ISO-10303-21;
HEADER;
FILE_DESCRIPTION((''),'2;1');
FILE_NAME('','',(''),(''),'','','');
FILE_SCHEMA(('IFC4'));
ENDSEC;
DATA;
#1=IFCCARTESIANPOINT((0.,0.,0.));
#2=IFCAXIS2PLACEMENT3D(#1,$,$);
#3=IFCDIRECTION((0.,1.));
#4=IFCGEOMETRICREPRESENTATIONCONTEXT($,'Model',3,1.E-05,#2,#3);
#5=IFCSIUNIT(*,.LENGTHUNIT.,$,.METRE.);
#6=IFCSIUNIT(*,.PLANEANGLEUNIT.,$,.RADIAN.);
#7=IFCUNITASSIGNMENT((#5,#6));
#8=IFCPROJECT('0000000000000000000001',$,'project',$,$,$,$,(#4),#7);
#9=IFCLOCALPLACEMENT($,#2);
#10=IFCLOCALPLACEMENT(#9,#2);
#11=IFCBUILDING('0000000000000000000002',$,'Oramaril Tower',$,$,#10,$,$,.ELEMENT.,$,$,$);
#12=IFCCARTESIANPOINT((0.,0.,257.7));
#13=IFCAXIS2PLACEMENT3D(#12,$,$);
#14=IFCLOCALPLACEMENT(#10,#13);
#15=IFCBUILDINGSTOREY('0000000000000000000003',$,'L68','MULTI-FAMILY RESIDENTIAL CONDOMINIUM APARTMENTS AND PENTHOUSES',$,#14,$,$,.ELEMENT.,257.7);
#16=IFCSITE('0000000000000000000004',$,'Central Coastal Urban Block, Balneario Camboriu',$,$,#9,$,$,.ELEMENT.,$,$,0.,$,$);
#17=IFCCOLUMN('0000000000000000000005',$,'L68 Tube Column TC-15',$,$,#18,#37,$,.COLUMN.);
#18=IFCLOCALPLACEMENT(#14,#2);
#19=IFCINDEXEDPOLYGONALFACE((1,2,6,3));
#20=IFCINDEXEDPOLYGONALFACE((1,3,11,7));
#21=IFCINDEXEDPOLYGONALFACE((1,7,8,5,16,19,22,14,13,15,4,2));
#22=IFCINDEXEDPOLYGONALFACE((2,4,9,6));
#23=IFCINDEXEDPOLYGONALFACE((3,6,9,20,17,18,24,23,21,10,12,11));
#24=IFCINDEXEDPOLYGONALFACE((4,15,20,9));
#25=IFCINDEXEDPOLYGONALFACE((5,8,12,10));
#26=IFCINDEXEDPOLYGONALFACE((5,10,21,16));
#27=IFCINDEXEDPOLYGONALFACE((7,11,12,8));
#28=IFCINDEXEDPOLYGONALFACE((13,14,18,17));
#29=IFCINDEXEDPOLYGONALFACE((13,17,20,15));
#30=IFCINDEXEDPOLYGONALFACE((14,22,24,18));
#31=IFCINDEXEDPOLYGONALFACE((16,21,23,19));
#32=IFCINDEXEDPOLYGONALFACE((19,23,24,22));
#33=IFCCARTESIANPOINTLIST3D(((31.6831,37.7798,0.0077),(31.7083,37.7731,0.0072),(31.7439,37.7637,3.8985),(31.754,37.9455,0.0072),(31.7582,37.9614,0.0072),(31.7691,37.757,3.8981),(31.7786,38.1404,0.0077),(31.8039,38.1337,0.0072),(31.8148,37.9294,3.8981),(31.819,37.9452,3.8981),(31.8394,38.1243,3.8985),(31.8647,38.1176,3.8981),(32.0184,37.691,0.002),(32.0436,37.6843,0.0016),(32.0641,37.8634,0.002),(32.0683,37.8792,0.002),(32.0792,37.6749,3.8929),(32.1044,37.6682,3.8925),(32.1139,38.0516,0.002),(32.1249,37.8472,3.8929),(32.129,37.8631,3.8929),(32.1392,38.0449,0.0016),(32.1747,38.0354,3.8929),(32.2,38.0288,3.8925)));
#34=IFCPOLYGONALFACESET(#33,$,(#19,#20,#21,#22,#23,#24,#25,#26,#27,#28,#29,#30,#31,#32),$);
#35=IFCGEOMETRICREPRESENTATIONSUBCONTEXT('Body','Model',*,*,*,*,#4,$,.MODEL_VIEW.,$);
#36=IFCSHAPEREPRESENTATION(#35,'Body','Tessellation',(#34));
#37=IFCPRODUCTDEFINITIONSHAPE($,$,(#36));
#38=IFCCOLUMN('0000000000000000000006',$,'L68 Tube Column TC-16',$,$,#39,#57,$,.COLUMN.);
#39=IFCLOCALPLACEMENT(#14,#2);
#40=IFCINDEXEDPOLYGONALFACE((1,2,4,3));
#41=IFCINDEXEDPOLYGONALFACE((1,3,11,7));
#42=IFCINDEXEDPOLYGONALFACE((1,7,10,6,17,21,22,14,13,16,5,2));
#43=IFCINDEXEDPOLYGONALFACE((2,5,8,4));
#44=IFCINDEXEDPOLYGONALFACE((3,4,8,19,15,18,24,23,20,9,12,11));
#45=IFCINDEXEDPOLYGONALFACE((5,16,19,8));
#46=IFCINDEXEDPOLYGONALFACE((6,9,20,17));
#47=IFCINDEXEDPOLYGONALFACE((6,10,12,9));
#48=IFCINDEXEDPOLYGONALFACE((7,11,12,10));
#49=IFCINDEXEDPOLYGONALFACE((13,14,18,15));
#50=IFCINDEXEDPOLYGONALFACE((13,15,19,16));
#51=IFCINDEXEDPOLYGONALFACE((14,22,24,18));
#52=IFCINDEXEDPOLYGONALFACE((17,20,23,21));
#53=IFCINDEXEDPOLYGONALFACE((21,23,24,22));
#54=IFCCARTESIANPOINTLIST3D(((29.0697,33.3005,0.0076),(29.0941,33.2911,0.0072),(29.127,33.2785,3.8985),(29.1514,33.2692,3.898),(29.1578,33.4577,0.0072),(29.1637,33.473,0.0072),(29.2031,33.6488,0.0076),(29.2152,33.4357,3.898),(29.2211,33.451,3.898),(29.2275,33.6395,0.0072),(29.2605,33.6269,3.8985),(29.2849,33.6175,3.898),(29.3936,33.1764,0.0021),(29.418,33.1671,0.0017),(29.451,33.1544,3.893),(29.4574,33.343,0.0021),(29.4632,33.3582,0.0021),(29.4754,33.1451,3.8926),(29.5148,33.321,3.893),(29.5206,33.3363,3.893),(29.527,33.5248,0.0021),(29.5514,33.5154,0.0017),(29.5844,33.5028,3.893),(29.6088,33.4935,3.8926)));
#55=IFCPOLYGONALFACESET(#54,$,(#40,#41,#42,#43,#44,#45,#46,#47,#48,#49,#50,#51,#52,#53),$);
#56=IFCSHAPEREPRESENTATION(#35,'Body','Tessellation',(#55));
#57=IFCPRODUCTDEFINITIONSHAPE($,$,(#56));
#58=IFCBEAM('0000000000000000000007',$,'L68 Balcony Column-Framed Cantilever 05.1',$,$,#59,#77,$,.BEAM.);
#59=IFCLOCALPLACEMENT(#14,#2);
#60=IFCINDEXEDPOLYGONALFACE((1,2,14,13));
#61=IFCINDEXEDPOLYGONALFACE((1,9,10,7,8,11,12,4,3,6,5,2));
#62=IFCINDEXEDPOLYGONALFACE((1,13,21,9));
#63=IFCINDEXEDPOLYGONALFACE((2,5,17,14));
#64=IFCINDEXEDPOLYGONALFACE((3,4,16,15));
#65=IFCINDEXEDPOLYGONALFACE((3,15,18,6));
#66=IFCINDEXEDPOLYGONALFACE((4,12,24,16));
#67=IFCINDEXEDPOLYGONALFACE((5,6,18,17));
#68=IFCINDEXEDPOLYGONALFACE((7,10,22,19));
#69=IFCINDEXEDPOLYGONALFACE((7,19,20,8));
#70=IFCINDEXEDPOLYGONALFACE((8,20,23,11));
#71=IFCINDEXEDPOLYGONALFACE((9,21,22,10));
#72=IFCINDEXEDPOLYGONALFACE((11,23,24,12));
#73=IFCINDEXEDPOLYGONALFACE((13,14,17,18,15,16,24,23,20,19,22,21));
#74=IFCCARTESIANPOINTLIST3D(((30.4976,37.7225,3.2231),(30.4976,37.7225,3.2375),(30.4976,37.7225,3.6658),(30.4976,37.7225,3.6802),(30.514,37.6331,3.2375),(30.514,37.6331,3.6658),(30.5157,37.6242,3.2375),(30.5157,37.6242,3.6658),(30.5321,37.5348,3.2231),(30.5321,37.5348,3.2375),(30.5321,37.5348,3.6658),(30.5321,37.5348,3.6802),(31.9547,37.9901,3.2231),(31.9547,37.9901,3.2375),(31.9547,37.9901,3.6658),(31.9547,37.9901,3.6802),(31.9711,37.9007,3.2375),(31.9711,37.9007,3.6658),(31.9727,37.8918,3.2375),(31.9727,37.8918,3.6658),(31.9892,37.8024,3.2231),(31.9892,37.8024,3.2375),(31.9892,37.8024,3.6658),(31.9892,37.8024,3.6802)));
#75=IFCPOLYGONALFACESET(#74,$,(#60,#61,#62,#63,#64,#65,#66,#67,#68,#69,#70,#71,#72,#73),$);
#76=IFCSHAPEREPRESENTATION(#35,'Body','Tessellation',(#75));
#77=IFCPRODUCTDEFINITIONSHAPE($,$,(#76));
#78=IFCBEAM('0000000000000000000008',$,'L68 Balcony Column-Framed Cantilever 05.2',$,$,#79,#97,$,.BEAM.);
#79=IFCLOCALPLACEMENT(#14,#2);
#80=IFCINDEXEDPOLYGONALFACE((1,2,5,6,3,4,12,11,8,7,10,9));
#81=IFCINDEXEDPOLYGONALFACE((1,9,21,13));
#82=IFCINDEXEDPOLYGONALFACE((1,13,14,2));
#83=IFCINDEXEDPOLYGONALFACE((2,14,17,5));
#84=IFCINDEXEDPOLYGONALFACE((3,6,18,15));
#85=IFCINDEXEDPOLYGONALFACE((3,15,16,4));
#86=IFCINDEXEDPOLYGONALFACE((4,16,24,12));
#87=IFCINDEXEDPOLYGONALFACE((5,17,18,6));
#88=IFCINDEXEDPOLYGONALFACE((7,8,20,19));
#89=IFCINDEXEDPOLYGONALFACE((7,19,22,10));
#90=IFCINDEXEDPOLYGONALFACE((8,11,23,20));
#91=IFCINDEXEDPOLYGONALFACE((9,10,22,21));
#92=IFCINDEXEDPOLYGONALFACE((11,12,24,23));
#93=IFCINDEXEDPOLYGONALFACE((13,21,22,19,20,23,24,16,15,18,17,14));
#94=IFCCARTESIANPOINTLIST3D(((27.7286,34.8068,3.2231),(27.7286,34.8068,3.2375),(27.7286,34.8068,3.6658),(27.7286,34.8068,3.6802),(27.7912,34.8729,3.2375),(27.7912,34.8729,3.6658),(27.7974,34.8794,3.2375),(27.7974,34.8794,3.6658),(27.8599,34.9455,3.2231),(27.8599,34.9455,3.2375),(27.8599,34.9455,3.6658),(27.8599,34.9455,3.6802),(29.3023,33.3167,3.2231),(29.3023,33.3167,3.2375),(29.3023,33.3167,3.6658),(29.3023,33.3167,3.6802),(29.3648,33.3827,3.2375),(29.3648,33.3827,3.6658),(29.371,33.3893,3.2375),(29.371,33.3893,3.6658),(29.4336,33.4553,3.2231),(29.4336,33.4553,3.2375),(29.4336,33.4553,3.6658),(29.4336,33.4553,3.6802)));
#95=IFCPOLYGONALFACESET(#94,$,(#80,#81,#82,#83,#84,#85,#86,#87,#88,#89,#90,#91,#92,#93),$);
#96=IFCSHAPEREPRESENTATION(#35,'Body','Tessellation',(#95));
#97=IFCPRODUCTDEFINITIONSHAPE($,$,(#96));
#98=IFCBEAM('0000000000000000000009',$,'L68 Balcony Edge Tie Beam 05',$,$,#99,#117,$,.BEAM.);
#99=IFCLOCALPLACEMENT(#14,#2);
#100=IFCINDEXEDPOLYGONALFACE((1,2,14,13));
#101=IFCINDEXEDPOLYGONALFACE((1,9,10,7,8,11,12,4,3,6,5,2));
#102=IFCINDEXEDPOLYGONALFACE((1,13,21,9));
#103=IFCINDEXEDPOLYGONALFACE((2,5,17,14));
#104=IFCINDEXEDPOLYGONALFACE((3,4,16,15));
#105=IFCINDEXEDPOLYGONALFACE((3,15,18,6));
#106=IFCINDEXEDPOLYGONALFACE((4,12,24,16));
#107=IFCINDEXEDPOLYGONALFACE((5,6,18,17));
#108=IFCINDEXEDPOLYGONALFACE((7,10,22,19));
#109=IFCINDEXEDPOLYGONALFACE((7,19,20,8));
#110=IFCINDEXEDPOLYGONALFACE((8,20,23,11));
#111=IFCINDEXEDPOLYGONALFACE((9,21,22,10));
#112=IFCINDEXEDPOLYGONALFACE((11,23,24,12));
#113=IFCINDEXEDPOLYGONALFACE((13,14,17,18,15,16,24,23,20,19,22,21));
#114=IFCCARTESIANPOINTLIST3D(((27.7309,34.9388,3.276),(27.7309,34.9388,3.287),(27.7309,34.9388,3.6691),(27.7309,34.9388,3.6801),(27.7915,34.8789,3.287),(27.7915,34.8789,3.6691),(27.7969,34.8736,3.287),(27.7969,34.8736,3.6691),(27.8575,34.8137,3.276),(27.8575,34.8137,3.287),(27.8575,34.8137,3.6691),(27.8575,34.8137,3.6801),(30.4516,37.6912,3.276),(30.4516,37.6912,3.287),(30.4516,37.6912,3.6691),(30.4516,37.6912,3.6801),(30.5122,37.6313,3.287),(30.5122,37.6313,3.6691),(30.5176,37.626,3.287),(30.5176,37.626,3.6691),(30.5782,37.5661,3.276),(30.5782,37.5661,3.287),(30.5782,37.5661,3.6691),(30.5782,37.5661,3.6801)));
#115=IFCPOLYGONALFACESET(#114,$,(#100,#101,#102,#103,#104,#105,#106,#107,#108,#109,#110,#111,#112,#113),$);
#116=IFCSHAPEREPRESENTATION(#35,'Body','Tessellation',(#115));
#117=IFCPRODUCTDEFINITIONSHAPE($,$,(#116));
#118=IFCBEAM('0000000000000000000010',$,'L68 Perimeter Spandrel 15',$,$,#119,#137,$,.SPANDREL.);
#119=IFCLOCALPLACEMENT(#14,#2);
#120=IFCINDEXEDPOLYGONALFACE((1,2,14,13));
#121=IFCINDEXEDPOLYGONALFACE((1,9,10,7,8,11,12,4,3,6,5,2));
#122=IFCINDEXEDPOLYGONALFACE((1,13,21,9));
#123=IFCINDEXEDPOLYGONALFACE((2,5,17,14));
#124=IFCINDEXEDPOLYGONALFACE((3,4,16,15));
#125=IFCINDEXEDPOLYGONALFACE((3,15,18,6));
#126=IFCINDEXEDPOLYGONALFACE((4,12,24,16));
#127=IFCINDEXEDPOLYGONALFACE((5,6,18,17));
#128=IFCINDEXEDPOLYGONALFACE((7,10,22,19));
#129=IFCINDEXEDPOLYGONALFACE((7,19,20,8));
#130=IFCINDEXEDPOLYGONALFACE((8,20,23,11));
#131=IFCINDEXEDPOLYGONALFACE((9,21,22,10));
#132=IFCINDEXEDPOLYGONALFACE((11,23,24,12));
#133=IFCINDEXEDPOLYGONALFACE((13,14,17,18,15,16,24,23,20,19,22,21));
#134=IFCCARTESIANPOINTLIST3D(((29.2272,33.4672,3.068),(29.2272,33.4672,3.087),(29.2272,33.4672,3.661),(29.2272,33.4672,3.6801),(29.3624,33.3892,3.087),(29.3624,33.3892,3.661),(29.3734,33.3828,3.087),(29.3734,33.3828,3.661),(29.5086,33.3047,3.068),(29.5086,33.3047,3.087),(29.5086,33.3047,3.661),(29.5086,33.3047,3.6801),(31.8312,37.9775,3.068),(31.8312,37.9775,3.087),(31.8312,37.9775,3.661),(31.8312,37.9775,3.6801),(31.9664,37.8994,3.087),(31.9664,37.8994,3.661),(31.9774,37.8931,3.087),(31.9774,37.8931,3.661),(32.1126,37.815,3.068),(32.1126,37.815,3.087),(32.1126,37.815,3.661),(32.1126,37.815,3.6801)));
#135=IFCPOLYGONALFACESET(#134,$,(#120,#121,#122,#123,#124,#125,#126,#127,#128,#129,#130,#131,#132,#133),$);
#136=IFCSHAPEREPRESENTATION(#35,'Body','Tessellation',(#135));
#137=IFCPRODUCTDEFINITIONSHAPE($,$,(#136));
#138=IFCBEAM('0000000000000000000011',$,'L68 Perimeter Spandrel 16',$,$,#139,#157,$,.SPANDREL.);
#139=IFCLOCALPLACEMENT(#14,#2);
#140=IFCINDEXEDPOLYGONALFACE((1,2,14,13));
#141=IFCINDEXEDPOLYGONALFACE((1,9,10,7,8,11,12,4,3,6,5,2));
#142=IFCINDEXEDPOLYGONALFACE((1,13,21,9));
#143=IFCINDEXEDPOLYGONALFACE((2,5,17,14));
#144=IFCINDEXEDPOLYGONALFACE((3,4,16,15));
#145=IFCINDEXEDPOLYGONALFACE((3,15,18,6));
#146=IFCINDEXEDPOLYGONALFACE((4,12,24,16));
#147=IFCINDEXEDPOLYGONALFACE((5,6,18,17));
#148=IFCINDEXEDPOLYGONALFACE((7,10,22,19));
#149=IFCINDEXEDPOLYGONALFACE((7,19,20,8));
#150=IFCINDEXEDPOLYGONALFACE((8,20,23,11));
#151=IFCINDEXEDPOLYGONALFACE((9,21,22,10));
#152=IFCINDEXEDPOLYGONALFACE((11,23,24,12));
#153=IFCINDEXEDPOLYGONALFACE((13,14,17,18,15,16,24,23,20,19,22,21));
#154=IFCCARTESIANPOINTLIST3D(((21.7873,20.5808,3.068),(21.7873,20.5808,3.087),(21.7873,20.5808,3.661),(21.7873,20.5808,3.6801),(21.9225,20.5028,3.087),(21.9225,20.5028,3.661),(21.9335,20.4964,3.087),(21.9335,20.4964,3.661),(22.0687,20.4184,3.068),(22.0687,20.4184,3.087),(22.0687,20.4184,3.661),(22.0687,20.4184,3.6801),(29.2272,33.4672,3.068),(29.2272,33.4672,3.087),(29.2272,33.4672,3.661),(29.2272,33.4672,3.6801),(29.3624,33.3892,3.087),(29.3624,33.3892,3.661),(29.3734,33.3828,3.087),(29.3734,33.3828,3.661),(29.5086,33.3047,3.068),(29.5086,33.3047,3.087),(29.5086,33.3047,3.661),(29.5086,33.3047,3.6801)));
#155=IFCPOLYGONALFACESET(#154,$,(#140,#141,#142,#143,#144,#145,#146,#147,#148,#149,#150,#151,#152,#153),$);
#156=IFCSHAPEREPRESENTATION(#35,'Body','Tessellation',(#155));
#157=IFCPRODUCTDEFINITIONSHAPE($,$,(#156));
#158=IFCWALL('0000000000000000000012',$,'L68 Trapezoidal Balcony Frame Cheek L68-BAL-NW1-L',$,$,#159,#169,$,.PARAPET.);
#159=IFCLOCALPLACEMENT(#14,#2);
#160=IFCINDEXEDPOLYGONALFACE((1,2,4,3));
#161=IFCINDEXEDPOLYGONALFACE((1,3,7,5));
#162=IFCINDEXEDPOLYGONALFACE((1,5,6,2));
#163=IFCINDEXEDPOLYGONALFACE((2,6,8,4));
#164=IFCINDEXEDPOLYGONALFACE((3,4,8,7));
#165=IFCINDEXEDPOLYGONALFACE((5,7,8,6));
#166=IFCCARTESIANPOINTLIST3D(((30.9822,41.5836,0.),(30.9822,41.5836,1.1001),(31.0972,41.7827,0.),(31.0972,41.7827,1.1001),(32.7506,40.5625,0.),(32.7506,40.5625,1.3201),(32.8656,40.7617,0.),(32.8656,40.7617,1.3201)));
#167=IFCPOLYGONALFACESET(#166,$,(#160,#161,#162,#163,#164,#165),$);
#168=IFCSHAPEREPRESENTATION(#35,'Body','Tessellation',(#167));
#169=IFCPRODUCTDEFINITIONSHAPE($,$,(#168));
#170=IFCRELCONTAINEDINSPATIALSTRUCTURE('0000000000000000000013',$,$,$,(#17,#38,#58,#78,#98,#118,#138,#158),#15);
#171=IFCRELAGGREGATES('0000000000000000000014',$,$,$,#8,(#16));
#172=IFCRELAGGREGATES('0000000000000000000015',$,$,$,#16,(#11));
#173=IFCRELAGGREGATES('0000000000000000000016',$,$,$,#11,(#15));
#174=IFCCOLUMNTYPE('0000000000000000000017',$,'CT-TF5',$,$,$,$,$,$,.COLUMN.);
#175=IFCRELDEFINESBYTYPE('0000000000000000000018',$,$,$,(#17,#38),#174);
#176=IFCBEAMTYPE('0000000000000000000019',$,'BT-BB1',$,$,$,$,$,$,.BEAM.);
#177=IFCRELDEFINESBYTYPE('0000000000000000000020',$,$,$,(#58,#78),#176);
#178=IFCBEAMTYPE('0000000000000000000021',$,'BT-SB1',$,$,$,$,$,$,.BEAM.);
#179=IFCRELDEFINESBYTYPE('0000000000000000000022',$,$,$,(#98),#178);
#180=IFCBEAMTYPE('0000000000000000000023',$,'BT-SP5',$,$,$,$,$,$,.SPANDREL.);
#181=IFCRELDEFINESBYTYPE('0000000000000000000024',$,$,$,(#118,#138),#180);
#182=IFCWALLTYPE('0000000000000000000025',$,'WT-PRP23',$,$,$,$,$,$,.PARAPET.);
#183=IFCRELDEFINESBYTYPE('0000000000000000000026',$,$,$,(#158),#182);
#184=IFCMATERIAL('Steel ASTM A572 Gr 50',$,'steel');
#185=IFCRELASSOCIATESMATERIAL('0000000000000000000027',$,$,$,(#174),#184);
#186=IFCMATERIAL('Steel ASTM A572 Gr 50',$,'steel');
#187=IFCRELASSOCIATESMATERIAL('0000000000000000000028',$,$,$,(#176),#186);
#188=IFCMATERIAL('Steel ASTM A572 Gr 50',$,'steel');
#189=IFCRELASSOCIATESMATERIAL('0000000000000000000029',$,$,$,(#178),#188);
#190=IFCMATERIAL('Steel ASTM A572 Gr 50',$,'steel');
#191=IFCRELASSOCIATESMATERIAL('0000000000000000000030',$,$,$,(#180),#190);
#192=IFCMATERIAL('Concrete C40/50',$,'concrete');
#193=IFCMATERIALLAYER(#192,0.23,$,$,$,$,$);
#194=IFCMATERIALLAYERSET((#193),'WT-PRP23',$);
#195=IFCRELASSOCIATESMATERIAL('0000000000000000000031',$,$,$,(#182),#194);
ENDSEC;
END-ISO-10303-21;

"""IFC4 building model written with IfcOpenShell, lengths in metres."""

from ifc_helpers import new_model, si_unit, direction, frame, origin, origin_2d, place, context, subcontext, project, spatial, polyline, i_section, outline, extrude, material, layer, layer_set, material_profile, profile_set, type_object, element, save


model = new_model("IFC4")

# Units and contexts
model_context = context("Model", 3, precision=1e-05, world=origin(), true_north=direction((0.0, 1.0)))
body_context = subcontext(model_context, "Body", "Model", "MODEL_VIEW")
ifc_project = project(units=[si_unit("LENGTHUNIT", "METRE"), si_unit("PLANEANGLEUNIT", "RADIAN")], contexts=[model_context])

# Site, building, storey
site_placement = place(None, origin())
site = spatial("IfcSite", under=ifc_project, at=site_placement, Name="Central Coastal Urban Block, Balneario Camboriu", CompositionType="ELEMENT", RefElevation=0.0)
building_placement = place(site_placement, origin())
building = spatial("IfcBuilding", under=site, at=building_placement, Name="Oramaril Tower", CompositionType="ELEMENT")
storey_placement = place(building_placement, frame((0.0, 0.0, 257.7)))
storey = spatial("IfcBuildingStorey", under=building, at=storey_placement, Name="L68", Description="MULTI-FAMILY RESIDENTIAL CONDOMINIUM APARTMENTS AND PENTHOUSES", CompositionType="ELEMENT", Elevation=257.7)

# Columns
ifc_material_1 = material(Name="Steel ASTM A572 Gr 50", Category="steel")
ifc_material_profile_1 = material_profile(ifc_material_1, i_section(OverallWidth=0.373, OverallDepth=0.373, WebThickness=0.0164, FlangeThickness=0.0261, at=origin_2d()), Name="W14X132")
ifc_profile_set_1 = profile_set([ifc_material_profile_1], Name="Steel ASTM A572 Gr 50")
column_type = type_object("IfcColumnType", Name="CT-TF5", PredefinedType="COLUMN", material=ifc_profile_set_1)
for number, where, z_axis, x_axis, name in (
    (1, (31.9111, 37.9124, 0.0046), (0.015622, -0.004141, 0.999869), (0.256213, 0.96662, 0.0), "L68 Tube Column TC-15"),
    (2, (29.3105, 33.408, 0.0046), (0.014744, -0.005647, 0.999875), (0.357647, 0.933857, 0.0), "L68 Tube Column TC-16"),
):
    element("IfcColumn", number, at=place(storey_placement, frame(where, z_axis=z_axis, x_axis=x_axis)), inside=storey, type_object=column_type, Name=name, PredefinedType="COLUMN", context=body_context, shape_type="SweptSolid", body=[
        extrude(i_section(OverallWidth=0.373, OverallDepth=0.373, WebThickness=0.0164, FlangeThickness=0.0261, at=origin_2d()), origin(), (0.0, 0.0, 1.0), 3.8914),
    ])

# Beams
ifc_material_2 = material(Name="Steel ASTM A572 Gr 50", Category="steel")
ifc_material_profile_2 = material_profile(ifc_material_2, i_section(OverallWidth=0.1909, OverallDepth=0.457, WebThickness=0.009, FlangeThickness=0.0144, at=origin_2d()), Name="W18X50")
ifc_profile_set_2 = profile_set([ifc_material_profile_2], Name="Steel ASTM A572 Gr 50")
beam_type_1 = type_object("IfcBeamType", Name="BT-BB1", PredefinedType="BEAM", material=ifc_profile_set_2)
beam_1_placement = place(storey_placement, frame((31.9719, 37.8962, 3.4517), z_axis=(-0.983552, -0.180625, 0.0), x_axis=(0.180625, -0.983552, 0.0)))
element("IfcBeam", 3, at=beam_1_placement, inside=storey, type_object=beam_type_1, Name="L68 Balcony Column-Framed Cantilever 05.1", PredefinedType="BEAM", context=body_context, shape_type="SweptSolid", body=[
    extrude(i_section(OverallWidth=0.1909, OverallDepth=0.457, WebThickness=0.009, FlangeThickness=0.0144, at=origin_2d()), origin(), (0.0, 0.0, 1.0), 1.4814),
])
beam_2_placement = place(storey_placement, frame((29.3679, 33.386, 3.4517), z_axis=(-0.726107, 0.687582, 0.0), x_axis=(-0.687582, -0.726107, 0.0)))
element("IfcBeam", 4, at=beam_2_placement, inside=storey, type_object=beam_type_1, Name="L68 Balcony Column-Framed Cantilever 05.2", PredefinedType="BEAM", context=body_context, shape_type="SweptSolid", body=[
    extrude(i_section(OverallWidth=0.1909, OverallDepth=0.457, WebThickness=0.009, FlangeThickness=0.0144, at=origin_2d()), origin(), (0.0, 0.0, 1.0), 2.1672),
])
ifc_material_3 = material(Name="Steel ASTM A572 Gr 50", Category="steel")
ifc_material_profile_3 = material_profile(ifc_material_3, i_section(OverallWidth=0.178, OverallDepth=0.4041, WebThickness=0.0076, FlangeThickness=0.011, at=origin_2d()), Name="W16X36")
ifc_profile_set_3 = profile_set([ifc_material_profile_3], Name="Steel ASTM A572 Gr 50")
beam_type_2 = type_object("IfcBeamType", Name="BT-SB1", PredefinedType="BEAM", material=ifc_profile_set_3)
beam_3_placement = place(storey_placement, frame((30.5149, 37.6287, 3.478), z_axis=(-0.702995, -0.711195, 0.0), x_axis=(0.711195, -0.702995, 0.0)))
element("IfcBeam", 5, at=beam_3_placement, inside=storey, type_object=beam_type_2, Name="L68 Balcony Edge Tie Beam 05", PredefinedType="BEAM", context=body_context, shape_type="SweptSolid", body=[
    extrude(i_section(OverallWidth=0.178, OverallDepth=0.4041, WebThickness=0.0076, FlangeThickness=0.011, at=origin_2d()), origin(), (0.0, 0.0, 1.0), 3.8701),
])
ifc_material_4 = material(Name="Steel ASTM A572 Gr 50", Category="steel")
ifc_material_profile_4 = material_profile(ifc_material_4, i_section(OverallWidth=0.325, OverallDepth=0.6121, WebThickness=0.0127, FlangeThickness=0.019, at=origin_2d()), Name="W24X104")
ifc_profile_set_4 = profile_set([ifc_material_profile_4], Name="Steel ASTM A572 Gr 50")
beam_type_3 = type_object("IfcBeamType", Name="BT-SP5", PredefinedType="SPANDREL", material=ifc_profile_set_4)
beam_4_placement = place(storey_placement, frame((31.9719, 37.8962, 3.374), z_axis=(-0.500001, -0.866025, 0.0), x_axis=(0.866025, -0.500001, 0.0)))
element("IfcBeam", 6, at=beam_4_placement, inside=storey, type_object=beam_type_3, Name="L68 Perimeter Spandrel 15", PredefinedType="SPANDREL", context=body_context, shape_type="SweptSolid", body=[
    extrude(i_section(OverallWidth=0.325, OverallDepth=0.6121, WebThickness=0.0127, FlangeThickness=0.019, at=origin_2d()), origin(), (0.0, 0.0, 1.0), 5.208),
])
beam_5_placement = place(storey_placement, frame((29.3679, 33.386, 3.374), z_axis=(-0.499997, -0.866027, 0.0), x_axis=(0.866027, -0.499997, 0.0)))
element("IfcBeam", 7, at=beam_5_placement, inside=storey, type_object=beam_type_3, Name="L68 Perimeter Spandrel 16", PredefinedType="SPANDREL", context=body_context, shape_type="SweptSolid", body=[
    extrude(i_section(OverallWidth=0.325, OverallDepth=0.6121, WebThickness=0.0127, FlangeThickness=0.019, at=origin_2d()), origin(), (0.0, 0.0, 1.0), 14.8799),
])

# Wall
ifc_material_5 = material(Name="Concrete C40/50", Category="concrete")
ifc_layer_1 = layer(ifc_material_5, 0.23)
ifc_layer_set_1 = layer_set([ifc_layer_1], Name="WT-PRP23")
wall_type_1 = type_object("IfcWallType", Name="WT-PRP23", PredefinedType="PARAPET", material=ifc_layer_set_1)
wall_1_placement = place(storey_placement, frame((32.8081, 40.6621, 0.0), z_axis=(0.0, 0.0, 1.0), x_axis=(-0.866012, 0.500023, 0.0)))
element("IfcWall", 8, at=wall_1_placement, inside=storey, type_object=wall_type_1, Name="L68 Trapezoidal Balcony Frame Cheek L68-BAL-NW1-L", PredefinedType="PARAPET", context=body_context, shape_type="SweptSolid", body=[
    extrude(outline(polyline([(0.0, 0.0), (2.042, 0.0), (2.042, 1.1001), (0.0, 1.3201), (0.0, 0.0)])), frame((0.0, 0.115, 0.0), z_axis=(0.0, -1.0, 0.0), x_axis=(1.0, 0.0, 0.0)), (0.0, 0.0, 1.0), 0.23),
])

save(model, "model.ifc")
